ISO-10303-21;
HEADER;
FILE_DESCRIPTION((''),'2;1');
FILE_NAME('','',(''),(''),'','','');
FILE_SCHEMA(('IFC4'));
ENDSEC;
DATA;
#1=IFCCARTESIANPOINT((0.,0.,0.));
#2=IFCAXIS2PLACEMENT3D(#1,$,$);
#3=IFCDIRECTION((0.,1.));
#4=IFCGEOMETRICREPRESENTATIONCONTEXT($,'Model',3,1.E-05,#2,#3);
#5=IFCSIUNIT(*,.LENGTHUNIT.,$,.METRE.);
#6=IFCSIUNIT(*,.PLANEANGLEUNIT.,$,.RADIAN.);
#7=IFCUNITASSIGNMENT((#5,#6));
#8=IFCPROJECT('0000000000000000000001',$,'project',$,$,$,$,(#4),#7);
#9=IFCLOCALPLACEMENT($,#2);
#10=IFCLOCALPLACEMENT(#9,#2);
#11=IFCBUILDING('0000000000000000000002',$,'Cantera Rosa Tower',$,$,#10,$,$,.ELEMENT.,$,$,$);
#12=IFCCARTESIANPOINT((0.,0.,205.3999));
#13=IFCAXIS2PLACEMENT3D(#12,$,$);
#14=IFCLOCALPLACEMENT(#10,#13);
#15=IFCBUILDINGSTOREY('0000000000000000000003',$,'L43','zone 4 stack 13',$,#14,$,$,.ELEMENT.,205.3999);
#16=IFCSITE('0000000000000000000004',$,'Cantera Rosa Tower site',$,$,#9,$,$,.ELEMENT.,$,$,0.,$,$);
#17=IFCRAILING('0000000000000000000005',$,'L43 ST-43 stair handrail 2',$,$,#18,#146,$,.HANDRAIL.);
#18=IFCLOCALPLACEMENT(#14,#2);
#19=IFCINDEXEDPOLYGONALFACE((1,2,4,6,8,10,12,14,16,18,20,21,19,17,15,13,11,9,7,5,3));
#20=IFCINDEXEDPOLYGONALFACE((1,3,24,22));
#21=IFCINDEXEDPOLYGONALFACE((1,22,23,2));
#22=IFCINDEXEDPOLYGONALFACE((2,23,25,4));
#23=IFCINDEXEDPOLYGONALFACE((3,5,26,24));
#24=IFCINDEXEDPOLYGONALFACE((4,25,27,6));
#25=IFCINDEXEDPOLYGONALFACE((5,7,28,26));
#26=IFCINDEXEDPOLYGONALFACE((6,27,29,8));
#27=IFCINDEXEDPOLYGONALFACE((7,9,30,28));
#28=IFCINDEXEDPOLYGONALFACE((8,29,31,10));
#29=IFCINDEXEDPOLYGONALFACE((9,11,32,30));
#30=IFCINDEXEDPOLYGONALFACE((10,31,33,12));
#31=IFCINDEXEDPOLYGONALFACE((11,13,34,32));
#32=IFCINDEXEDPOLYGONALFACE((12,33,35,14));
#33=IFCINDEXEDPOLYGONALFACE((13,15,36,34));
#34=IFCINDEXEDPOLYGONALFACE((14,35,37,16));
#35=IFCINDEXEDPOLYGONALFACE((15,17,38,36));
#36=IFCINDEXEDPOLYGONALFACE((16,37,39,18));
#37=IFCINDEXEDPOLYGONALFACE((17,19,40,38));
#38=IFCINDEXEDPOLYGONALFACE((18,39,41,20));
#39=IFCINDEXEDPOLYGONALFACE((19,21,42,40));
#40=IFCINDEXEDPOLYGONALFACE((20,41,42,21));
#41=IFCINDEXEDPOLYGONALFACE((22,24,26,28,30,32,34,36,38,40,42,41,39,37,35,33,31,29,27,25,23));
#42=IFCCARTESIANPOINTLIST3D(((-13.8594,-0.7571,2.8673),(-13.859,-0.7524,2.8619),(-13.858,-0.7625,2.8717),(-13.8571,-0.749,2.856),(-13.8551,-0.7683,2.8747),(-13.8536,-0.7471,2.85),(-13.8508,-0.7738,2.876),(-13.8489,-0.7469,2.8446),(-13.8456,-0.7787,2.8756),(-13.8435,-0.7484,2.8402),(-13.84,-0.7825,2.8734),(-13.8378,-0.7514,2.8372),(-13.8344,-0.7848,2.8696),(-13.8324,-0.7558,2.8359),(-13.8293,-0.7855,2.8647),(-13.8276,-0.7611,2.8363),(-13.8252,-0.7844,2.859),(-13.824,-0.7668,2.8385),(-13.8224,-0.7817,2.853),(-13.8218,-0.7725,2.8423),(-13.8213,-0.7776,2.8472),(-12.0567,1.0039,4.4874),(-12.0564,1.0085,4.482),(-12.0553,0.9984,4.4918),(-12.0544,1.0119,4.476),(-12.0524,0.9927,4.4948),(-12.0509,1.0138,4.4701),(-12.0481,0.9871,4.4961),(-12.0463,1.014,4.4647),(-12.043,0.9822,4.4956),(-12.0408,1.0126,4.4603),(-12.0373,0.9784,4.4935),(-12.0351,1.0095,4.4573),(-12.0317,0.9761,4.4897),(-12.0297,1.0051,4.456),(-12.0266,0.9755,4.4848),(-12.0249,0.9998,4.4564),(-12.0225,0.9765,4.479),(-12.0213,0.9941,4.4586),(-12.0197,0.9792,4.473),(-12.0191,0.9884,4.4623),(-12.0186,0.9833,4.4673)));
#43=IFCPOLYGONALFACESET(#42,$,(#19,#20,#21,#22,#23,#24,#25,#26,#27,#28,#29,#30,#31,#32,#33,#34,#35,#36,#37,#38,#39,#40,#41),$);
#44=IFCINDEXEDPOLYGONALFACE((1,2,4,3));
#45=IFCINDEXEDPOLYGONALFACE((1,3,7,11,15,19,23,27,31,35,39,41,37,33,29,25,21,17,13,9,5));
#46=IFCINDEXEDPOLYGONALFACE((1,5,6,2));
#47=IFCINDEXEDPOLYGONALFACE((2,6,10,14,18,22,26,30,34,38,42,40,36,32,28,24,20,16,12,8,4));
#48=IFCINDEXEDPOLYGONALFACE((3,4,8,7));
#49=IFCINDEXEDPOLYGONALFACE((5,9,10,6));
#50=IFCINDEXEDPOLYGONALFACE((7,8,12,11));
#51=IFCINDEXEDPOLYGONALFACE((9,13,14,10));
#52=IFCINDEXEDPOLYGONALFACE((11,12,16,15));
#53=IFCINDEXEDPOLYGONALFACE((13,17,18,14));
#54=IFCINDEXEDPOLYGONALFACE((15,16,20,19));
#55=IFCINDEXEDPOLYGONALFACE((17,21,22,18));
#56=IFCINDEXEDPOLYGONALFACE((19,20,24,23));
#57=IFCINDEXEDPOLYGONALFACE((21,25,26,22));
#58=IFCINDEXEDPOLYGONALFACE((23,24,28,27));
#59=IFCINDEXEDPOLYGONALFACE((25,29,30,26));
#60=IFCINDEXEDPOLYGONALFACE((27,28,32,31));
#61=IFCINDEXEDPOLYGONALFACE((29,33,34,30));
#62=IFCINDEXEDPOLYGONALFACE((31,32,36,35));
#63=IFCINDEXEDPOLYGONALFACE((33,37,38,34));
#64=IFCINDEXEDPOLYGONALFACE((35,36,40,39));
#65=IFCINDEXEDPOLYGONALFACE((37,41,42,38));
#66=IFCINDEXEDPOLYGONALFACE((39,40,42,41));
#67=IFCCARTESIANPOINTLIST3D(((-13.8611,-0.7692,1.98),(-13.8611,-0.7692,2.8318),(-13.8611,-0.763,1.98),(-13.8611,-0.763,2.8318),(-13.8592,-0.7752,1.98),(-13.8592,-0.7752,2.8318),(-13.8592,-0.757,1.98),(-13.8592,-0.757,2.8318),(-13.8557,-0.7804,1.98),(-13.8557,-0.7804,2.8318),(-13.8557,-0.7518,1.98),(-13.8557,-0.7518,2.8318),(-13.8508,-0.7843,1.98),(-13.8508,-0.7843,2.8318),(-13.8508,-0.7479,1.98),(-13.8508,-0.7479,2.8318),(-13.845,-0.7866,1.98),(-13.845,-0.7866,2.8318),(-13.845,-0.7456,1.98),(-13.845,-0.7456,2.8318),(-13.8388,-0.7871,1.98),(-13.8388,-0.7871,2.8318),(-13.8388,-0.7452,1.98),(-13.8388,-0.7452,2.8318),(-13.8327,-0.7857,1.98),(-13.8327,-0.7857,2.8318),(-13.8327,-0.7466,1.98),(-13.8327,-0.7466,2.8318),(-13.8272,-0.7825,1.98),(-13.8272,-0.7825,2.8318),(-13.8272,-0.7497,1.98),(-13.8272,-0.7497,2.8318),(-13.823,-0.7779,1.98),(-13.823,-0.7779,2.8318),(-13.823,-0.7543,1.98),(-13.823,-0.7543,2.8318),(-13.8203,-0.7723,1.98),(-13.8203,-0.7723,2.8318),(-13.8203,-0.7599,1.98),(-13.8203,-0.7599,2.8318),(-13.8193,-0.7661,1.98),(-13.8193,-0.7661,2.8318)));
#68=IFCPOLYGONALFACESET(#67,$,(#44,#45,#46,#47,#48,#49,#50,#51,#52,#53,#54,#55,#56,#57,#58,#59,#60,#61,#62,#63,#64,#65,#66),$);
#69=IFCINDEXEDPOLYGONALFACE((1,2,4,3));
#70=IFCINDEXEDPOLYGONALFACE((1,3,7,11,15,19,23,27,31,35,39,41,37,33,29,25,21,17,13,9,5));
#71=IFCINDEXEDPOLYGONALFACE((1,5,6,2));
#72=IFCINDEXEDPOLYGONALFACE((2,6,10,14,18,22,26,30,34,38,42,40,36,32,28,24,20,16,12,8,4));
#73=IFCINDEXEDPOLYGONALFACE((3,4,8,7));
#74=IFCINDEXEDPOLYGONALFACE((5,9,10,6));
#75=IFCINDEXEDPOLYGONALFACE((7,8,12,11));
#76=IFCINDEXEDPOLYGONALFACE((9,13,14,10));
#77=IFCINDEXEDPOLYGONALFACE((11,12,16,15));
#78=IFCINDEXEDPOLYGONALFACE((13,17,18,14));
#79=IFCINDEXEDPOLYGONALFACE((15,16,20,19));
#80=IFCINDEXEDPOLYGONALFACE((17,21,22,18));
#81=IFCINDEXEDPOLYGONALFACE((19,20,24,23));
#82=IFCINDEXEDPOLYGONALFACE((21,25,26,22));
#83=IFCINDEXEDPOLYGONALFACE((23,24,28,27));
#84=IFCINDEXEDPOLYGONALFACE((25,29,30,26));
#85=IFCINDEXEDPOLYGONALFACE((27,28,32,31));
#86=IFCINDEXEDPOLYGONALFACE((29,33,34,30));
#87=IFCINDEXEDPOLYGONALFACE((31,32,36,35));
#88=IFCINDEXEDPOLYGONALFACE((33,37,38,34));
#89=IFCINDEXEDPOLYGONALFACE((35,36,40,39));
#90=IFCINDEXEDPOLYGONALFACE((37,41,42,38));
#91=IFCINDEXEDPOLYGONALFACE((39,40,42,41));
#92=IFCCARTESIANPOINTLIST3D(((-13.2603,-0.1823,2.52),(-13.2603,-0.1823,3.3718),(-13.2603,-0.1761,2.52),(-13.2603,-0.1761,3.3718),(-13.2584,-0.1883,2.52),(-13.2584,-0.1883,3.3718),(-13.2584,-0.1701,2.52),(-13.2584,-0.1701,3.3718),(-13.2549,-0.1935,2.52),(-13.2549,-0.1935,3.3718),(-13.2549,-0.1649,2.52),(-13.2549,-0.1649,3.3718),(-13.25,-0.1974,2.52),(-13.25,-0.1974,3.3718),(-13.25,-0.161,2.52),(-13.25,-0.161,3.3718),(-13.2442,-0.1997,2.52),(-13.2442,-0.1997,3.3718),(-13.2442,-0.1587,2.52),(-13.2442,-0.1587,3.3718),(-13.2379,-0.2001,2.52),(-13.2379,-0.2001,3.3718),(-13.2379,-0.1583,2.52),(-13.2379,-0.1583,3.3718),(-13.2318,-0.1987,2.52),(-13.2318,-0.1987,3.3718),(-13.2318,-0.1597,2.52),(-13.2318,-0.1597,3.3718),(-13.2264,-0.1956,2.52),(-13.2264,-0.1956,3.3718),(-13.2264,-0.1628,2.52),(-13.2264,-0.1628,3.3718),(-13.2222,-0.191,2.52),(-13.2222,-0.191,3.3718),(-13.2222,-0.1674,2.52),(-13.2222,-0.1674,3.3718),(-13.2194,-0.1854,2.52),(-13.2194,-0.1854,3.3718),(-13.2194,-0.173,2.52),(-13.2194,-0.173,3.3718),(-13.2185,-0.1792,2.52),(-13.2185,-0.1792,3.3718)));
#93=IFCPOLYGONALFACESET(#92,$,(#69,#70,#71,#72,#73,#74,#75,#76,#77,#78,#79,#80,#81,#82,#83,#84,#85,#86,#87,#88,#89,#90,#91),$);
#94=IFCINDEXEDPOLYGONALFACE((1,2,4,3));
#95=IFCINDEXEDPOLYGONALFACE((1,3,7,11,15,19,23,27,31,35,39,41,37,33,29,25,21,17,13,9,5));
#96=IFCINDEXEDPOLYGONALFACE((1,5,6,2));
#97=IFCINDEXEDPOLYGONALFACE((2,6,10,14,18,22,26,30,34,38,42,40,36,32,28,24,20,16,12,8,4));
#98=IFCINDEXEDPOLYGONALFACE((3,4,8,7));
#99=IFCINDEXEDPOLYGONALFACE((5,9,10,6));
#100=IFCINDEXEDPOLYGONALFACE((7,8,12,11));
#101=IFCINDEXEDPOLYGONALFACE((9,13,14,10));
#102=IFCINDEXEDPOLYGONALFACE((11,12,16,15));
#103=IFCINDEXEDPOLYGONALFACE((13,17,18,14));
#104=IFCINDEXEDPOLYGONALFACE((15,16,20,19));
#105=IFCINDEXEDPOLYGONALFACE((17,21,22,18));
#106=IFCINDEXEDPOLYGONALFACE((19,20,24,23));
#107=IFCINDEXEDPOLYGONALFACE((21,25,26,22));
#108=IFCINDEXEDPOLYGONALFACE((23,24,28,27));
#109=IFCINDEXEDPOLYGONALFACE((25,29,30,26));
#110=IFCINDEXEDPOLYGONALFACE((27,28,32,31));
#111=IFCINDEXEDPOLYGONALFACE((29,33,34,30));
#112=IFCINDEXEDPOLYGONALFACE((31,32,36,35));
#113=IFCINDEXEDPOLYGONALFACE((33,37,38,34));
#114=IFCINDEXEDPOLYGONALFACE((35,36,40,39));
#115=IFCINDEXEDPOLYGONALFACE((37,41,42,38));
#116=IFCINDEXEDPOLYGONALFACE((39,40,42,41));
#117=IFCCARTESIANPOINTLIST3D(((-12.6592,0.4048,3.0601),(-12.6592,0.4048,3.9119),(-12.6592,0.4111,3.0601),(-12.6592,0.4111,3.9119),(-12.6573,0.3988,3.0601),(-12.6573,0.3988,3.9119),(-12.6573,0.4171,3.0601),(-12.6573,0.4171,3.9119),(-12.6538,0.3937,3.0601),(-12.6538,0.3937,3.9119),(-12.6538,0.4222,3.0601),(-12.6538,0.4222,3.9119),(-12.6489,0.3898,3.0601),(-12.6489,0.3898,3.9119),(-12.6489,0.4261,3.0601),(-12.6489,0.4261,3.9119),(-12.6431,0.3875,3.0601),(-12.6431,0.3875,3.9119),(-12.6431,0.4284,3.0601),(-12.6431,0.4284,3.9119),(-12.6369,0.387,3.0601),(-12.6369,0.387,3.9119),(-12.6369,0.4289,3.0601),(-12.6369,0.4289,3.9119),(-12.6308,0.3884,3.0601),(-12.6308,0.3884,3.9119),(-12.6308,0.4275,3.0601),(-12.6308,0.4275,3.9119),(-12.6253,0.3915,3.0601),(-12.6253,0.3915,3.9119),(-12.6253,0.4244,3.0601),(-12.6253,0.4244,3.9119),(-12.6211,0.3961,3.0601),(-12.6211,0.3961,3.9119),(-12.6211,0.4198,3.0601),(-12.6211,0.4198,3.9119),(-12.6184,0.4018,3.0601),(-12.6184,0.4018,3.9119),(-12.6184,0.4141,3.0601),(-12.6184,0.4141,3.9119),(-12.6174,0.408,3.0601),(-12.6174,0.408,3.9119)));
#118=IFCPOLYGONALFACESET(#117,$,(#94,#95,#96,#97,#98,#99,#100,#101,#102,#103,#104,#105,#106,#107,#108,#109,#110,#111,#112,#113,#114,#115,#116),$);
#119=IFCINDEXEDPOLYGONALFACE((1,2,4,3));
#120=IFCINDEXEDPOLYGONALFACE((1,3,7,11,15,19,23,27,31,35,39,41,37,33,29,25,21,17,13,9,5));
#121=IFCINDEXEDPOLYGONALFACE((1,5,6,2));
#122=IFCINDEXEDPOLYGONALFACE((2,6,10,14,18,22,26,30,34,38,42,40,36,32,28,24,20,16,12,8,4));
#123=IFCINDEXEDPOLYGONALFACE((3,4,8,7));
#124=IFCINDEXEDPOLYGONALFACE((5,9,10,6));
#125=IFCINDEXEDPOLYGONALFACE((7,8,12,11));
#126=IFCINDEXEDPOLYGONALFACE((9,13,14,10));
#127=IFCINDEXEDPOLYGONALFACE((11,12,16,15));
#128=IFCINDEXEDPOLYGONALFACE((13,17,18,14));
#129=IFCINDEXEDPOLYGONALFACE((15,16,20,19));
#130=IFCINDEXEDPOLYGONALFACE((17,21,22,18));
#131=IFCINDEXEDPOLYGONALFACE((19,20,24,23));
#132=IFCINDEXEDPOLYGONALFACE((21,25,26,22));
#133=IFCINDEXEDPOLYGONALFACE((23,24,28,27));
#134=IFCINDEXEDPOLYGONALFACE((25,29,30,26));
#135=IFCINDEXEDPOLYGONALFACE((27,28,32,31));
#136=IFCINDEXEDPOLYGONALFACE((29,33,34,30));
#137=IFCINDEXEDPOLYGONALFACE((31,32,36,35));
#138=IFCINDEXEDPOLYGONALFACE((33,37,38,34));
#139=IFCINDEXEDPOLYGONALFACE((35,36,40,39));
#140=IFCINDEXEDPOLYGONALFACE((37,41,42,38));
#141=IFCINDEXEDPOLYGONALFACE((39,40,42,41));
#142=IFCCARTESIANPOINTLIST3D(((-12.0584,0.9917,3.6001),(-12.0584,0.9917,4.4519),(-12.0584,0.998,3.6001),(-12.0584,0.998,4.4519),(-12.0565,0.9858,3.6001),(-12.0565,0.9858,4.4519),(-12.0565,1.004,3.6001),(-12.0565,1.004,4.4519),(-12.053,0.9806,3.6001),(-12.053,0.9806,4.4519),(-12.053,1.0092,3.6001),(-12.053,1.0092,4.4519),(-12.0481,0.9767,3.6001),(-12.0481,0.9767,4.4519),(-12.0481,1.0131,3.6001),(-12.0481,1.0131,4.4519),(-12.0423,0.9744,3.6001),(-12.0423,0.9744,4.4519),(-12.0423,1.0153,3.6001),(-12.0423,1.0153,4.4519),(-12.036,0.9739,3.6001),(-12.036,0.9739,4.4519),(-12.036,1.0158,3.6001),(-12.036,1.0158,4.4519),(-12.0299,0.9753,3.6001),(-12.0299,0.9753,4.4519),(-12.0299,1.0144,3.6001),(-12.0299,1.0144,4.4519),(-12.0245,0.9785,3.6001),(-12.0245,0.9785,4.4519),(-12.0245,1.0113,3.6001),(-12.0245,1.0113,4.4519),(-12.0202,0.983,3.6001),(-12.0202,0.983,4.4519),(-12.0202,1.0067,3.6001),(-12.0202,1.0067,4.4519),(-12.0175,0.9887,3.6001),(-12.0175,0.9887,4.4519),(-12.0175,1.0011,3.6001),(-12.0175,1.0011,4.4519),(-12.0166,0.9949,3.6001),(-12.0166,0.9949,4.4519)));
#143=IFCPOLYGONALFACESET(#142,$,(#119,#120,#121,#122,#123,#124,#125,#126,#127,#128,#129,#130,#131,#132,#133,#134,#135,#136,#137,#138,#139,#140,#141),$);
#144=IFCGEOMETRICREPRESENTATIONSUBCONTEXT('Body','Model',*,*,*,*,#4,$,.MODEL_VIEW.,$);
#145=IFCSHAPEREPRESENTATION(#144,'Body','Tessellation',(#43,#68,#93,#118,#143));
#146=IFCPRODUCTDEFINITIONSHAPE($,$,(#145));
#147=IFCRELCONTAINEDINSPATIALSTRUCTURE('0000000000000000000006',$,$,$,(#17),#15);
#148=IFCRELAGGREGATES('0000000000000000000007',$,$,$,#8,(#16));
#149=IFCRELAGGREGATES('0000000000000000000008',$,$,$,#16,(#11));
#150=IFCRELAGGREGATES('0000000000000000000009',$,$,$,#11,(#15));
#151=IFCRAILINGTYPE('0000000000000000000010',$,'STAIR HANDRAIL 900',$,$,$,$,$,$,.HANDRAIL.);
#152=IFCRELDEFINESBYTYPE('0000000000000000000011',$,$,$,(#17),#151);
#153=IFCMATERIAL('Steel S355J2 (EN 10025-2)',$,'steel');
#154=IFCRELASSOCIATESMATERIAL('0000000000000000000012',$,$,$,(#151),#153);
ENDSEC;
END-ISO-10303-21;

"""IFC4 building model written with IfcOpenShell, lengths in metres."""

from ifc_helpers import new_model, si_unit, direction, frame, origin, origin_2d, place, context, subcontext, project, spatial, circle, extrude, material, type_object, element, save


model = new_model("IFC4")

# Units and contexts
model_context = context("Model", 3, precision=1e-05, world=origin(), true_north=direction((0.0, 1.0)))
body_context = subcontext(model_context, "Body", "Model", "MODEL_VIEW")
ifc_project = project(units=[si_unit("LENGTHUNIT", "METRE"), si_unit("PLANEANGLEUNIT", "RADIAN")], contexts=[model_context])

# Site, building, storey
site_placement = place(None, origin())
site = spatial("IfcSite", under=ifc_project, at=site_placement, Name="Cantera Rosa Tower site", CompositionType="ELEMENT", RefElevation=0.0)
building_placement = place(site_placement, origin())
building = spatial("IfcBuilding", under=site, at=building_placement, Name="Cantera Rosa Tower", CompositionType="ELEMENT")
storey_placement = place(building_placement, frame((0.0, 0.0, 205.3999)))
storey = spatial("IfcBuildingStorey", under=building, at=storey_placement, Name="L43", Description="zone 4 stack 13", CompositionType="ELEMENT", Elevation=205.3999)

# Railing
ifc_material_1 = material(Name="Steel S355J2 (EN 10025-2)", Category="steel")
railing_type_1 = type_object("IfcRailingType", Name="STAIR HANDRAIL 900", PredefinedType="HANDRAIL", material=ifc_material_1)
railing_1_placement = place(storey_placement, frame((-13.8403, -0.7661, 1.98)))
element("IfcRailing", 1, at=railing_1_placement, inside=storey, type_object=railing_type_1, Name="L43 ST-43 stair handrail 2", PredefinedType="HANDRAIL", context=body_context, shape_type="SweptSolid", body=[
    extrude(circle(Radius=0.0239, at=origin_2d()), frame((0.0, 0.0, 0.876), z_axis=(0.601724, 0.587789, 0.540769), x_axis=(-0.698775, 0.715341, 0.0)), (0.0, 0.0, 1.0), 2.9958),
    extrude(circle(Radius=0.021, at=origin_2d()), origin(), (0.0, 0.0, 1.0), 0.8518),
    extrude(circle(Radius=0.021, at=origin_2d()), frame((0.6008, 0.5869, 0.54)), (0.0, 0.0, 1.0), 0.8518),
    extrude(circle(Radius=0.021, at=origin_2d()), frame((1.2019, 1.1741, 1.0801)), (0.0, 0.0, 1.0), 0.8518),
    extrude(circle(Radius=0.021, at=origin_2d()), frame((1.8027, 1.761, 1.6201)), (0.0, 0.0, 1.0), 0.8518),
])

save(model, "model.ifc")
